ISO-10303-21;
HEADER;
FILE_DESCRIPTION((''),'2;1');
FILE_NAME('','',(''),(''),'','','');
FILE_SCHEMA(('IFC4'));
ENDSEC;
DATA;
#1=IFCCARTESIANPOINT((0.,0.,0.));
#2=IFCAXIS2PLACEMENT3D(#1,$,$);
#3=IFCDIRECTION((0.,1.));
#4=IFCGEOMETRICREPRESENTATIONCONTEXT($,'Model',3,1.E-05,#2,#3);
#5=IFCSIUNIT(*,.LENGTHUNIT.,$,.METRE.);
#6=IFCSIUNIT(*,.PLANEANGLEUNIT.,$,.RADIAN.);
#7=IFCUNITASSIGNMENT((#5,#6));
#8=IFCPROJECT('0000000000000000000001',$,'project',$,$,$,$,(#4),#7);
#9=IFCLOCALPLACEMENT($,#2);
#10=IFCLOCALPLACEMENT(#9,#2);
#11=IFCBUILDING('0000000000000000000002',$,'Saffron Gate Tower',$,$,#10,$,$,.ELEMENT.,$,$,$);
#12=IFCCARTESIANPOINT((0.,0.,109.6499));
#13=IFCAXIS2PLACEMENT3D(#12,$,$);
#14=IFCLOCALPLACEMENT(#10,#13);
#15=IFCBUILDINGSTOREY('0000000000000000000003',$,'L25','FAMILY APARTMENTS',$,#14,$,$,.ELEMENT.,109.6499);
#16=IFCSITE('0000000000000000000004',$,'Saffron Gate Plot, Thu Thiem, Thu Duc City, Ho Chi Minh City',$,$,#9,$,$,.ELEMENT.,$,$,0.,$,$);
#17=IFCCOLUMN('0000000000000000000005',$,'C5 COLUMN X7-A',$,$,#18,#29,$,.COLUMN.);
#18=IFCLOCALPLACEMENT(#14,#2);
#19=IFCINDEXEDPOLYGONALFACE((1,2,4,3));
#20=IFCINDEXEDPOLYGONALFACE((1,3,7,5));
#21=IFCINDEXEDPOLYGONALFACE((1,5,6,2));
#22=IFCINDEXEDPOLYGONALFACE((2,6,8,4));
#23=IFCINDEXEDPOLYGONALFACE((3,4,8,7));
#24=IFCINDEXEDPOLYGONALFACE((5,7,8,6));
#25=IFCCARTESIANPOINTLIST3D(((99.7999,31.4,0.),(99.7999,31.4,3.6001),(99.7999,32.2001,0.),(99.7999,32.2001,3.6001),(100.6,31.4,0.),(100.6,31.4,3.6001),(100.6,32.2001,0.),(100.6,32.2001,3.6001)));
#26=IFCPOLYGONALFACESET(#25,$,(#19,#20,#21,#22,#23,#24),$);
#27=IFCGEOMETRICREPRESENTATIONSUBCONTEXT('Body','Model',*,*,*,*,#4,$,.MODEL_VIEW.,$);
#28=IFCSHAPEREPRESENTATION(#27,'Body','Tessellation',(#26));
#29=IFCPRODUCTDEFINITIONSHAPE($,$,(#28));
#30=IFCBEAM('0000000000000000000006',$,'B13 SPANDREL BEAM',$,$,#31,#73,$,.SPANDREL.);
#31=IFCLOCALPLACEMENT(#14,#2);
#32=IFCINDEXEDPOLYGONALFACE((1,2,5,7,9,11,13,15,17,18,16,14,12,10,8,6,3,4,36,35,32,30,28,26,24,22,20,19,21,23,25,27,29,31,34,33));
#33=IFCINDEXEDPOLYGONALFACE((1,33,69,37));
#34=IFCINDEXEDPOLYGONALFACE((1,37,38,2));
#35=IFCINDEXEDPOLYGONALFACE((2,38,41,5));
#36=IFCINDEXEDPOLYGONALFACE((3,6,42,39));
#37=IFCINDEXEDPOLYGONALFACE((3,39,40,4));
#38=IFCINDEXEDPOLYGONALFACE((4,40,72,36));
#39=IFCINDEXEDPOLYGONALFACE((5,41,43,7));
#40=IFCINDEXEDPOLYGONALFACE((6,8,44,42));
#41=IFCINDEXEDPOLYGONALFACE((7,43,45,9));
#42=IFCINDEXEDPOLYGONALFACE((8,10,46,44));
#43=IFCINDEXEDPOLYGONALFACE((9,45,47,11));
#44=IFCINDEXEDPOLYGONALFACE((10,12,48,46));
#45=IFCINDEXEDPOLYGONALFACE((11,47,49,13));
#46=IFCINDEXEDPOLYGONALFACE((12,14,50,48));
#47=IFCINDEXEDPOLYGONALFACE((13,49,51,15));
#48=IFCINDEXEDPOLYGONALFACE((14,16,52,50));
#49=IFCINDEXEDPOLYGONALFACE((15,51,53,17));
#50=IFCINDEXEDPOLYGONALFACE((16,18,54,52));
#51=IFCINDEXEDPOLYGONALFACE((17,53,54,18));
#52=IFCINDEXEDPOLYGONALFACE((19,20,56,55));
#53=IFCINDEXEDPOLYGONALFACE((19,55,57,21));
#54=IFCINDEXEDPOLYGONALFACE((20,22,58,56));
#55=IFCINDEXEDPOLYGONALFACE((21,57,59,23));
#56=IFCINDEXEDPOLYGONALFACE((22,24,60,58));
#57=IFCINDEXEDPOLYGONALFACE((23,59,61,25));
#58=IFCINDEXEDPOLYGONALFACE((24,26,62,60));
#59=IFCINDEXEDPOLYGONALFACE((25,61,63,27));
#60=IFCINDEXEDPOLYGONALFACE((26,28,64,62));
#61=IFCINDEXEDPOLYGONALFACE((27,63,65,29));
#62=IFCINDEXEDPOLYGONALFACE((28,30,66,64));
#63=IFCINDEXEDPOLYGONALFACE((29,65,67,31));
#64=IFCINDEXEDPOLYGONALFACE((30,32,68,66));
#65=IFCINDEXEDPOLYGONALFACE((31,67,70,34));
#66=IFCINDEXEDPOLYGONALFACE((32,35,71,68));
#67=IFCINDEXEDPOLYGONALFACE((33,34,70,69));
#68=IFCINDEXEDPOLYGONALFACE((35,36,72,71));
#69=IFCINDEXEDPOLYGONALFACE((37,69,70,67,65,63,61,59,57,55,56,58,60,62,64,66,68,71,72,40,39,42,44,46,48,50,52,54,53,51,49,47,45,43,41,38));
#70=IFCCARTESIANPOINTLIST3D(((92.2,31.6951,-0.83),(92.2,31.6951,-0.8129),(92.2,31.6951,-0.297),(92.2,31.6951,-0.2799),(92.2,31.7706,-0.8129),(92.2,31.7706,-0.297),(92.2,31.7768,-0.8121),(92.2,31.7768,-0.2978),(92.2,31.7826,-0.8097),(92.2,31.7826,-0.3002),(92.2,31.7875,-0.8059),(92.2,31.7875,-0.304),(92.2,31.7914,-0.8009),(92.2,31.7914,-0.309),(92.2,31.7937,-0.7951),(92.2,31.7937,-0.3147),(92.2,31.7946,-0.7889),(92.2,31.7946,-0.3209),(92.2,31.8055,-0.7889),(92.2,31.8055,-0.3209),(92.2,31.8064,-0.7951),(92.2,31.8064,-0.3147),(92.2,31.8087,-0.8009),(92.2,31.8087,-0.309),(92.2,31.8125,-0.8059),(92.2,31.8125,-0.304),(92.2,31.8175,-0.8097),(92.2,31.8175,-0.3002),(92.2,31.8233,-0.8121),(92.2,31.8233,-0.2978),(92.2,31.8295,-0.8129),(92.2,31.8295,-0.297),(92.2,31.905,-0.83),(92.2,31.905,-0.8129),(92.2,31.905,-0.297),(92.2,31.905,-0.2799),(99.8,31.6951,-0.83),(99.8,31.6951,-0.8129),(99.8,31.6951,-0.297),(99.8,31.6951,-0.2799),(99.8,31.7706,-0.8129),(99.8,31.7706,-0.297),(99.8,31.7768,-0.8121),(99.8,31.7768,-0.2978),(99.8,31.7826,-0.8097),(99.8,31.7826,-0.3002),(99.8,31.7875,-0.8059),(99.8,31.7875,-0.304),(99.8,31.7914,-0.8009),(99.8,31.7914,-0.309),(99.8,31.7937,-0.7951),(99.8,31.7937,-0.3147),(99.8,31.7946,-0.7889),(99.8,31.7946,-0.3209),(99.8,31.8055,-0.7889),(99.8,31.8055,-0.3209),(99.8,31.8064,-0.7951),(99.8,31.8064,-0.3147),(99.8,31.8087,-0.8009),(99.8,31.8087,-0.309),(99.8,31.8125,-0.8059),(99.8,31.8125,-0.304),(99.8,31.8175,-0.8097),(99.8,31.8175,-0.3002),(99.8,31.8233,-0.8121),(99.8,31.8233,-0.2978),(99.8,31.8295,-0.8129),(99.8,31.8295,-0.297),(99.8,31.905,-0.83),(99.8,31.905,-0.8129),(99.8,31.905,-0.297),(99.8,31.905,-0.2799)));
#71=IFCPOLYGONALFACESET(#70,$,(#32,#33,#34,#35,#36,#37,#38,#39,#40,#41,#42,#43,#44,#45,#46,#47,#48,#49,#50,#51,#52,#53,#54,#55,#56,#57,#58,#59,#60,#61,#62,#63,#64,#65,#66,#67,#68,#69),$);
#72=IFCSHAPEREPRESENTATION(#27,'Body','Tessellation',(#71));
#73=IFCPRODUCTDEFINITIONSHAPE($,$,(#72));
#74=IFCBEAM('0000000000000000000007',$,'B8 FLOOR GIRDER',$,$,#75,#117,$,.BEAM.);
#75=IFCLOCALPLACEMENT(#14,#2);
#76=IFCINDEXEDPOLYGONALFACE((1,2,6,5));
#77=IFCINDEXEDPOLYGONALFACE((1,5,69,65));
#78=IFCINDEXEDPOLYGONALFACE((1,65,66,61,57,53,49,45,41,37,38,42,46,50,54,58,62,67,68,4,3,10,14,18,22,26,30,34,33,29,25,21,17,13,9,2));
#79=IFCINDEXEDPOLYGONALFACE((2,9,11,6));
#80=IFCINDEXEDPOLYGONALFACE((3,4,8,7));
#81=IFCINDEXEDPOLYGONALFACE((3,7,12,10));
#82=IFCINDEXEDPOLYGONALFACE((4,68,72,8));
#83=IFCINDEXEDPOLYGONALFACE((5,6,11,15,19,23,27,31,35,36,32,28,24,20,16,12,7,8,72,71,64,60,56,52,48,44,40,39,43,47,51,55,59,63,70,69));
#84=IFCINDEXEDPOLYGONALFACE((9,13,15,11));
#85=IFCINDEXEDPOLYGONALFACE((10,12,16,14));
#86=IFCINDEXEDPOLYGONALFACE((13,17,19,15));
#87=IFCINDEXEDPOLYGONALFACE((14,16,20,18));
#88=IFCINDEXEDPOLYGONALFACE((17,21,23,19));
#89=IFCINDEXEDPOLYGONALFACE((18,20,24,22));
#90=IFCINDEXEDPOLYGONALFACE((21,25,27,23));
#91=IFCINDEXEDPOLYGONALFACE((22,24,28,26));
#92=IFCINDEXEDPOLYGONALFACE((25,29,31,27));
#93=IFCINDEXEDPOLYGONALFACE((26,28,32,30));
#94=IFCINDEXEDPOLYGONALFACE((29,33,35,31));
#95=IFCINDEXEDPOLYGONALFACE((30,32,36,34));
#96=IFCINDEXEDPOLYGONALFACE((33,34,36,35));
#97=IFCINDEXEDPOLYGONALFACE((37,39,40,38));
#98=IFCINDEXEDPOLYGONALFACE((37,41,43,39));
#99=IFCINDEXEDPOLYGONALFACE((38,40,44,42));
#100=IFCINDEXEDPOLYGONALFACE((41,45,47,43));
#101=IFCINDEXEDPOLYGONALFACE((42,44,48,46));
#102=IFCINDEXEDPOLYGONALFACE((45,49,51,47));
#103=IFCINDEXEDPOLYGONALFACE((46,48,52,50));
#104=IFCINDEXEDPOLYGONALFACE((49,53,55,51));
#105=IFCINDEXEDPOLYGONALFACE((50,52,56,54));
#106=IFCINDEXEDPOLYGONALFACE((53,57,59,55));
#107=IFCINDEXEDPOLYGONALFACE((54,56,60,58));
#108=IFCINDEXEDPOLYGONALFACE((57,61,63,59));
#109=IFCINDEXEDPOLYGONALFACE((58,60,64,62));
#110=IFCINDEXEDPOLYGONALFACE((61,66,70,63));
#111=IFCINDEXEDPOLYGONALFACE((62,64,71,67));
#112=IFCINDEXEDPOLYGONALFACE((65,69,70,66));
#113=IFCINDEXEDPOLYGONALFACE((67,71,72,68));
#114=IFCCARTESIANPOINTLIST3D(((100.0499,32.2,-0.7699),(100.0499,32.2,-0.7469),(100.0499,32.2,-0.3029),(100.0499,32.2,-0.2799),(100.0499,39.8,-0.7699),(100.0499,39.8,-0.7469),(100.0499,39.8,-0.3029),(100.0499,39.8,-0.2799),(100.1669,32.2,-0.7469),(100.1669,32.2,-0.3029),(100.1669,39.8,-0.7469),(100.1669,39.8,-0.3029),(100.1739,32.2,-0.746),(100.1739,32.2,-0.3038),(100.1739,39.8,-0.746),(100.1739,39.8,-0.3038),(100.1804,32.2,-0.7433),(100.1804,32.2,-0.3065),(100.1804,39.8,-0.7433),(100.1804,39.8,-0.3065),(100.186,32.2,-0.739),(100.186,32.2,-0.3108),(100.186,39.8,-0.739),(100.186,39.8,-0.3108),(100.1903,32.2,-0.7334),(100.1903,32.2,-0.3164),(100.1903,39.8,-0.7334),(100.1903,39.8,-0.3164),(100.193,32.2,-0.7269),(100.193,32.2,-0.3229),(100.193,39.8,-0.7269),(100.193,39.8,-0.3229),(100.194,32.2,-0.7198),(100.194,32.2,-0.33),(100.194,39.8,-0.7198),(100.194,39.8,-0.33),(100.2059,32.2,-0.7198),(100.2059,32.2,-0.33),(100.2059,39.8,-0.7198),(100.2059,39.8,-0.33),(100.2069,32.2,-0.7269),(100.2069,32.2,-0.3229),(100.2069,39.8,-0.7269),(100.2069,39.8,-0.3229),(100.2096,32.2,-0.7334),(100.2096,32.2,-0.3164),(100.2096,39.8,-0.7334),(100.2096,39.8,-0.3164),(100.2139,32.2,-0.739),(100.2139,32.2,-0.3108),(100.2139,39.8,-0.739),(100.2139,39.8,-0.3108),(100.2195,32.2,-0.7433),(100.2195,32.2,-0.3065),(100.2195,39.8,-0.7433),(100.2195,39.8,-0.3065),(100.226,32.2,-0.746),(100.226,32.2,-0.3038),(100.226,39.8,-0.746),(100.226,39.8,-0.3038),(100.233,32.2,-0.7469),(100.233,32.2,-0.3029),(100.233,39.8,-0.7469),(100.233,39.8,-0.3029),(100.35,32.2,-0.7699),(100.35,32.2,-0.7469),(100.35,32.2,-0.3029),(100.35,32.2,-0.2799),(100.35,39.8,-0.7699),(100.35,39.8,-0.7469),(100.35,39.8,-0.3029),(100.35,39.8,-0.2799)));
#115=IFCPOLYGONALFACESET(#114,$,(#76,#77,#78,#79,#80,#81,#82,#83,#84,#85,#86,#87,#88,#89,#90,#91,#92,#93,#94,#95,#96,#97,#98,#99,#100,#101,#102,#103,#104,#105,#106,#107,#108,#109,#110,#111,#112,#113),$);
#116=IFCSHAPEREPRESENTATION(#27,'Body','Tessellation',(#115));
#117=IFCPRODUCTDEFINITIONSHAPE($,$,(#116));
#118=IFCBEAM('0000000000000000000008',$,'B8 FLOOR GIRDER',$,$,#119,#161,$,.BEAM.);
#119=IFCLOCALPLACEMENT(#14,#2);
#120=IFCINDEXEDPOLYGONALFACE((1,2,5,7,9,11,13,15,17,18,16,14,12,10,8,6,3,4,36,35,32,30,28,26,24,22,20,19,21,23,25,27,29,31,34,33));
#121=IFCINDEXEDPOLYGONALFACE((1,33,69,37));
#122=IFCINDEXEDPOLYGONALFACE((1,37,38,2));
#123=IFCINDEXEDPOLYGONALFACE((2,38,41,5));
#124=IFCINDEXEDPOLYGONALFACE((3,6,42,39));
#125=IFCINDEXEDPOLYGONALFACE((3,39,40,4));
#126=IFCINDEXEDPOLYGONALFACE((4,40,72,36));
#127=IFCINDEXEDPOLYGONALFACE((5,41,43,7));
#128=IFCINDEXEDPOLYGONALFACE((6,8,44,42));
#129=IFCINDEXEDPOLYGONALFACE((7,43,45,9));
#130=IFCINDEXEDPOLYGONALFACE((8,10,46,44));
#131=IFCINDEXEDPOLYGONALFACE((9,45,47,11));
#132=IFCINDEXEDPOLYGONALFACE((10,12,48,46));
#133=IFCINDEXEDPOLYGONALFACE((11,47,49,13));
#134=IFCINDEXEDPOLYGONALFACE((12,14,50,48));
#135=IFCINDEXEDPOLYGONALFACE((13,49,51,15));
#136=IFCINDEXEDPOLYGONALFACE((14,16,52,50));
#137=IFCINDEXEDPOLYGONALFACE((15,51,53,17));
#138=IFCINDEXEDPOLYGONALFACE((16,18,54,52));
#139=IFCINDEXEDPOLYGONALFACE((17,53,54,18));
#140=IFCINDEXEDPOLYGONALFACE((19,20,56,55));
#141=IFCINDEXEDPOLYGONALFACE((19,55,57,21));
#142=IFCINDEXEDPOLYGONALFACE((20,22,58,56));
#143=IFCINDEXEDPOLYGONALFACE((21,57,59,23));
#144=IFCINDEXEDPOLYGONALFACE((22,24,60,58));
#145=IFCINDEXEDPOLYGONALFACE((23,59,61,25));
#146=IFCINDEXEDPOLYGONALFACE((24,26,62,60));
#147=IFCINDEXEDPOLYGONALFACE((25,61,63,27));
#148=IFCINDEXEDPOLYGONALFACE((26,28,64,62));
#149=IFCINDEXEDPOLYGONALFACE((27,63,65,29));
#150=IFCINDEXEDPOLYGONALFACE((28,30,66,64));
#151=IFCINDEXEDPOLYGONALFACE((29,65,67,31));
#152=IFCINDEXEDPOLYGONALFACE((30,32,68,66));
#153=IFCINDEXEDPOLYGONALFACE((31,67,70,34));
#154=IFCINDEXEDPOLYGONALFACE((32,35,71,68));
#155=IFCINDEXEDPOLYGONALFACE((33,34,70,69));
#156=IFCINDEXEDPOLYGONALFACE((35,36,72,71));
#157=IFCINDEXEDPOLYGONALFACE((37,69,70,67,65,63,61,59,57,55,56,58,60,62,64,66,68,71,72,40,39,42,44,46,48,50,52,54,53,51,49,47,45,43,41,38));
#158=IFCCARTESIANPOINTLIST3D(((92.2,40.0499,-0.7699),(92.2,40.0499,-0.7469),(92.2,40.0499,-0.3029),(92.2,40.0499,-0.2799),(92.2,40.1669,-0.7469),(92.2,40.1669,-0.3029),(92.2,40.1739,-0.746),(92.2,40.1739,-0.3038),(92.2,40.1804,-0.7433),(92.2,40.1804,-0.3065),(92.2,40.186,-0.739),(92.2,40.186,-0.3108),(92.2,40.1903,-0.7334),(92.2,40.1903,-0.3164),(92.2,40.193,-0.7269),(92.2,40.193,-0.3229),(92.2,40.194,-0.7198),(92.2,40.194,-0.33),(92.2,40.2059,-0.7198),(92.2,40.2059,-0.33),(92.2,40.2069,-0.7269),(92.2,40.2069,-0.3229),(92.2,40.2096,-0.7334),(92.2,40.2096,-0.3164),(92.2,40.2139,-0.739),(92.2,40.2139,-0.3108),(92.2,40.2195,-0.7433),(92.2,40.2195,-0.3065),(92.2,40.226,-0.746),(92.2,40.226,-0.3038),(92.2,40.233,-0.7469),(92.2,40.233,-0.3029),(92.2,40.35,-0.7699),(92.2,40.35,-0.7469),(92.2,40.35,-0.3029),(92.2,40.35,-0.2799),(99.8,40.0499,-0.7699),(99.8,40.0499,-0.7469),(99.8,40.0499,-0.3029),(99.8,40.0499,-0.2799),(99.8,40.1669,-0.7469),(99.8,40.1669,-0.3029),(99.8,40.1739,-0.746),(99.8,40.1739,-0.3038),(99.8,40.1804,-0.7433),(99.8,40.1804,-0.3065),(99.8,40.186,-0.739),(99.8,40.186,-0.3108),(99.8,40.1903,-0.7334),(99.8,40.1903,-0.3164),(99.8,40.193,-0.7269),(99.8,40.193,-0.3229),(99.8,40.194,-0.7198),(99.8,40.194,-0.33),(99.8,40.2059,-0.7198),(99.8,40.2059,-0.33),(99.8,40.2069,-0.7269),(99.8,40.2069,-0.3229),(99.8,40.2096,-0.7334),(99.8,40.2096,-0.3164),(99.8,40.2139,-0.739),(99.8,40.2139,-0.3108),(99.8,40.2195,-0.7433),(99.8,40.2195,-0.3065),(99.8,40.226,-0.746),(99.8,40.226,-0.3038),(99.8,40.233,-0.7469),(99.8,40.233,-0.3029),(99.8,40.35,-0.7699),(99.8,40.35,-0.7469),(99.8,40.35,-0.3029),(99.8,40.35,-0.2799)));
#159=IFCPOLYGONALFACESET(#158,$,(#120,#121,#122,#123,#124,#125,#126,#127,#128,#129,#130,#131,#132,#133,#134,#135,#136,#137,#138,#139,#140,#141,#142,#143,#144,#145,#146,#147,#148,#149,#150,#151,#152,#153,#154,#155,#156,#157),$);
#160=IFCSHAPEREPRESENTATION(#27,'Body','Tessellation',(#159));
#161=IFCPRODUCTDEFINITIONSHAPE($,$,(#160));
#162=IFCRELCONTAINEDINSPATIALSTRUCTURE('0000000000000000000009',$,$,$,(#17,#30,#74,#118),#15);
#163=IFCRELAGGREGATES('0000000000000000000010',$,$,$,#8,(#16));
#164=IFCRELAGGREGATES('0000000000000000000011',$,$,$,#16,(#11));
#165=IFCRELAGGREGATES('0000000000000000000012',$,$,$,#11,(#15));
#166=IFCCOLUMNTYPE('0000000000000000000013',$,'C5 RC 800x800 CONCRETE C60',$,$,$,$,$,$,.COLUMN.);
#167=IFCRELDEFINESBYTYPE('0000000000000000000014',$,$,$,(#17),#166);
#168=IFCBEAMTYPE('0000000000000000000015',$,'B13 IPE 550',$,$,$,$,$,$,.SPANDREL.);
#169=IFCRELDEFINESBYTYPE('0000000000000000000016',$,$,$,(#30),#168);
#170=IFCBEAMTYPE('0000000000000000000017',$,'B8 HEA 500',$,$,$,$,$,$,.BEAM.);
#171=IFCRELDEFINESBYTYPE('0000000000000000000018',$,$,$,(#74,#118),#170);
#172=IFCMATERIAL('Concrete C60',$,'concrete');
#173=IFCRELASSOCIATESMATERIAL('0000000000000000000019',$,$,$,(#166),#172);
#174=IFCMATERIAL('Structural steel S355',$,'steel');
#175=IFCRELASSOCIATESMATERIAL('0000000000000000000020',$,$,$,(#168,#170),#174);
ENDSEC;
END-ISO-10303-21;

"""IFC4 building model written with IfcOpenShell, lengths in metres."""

from ifc_helpers import new_model, si_unit, direction, frame, origin, origin_2d, place, context, subcontext, project, spatial, rectangle, i_section, extrude, material, material_profile, profile_set, type_object, element, save


model = new_model("IFC4")

# Units and contexts
model_context = context("Model", 3, precision=1e-05, world=origin(), true_north=direction((0.0, 1.0)))
body_context = subcontext(model_context, "Body", "Model", "MODEL_VIEW")
ifc_project = project(units=[si_unit("LENGTHUNIT", "METRE"), si_unit("PLANEANGLEUNIT", "RADIAN")], contexts=[model_context])

# Site, building, storey
site_placement = place(None, origin())
site = spatial("IfcSite", under=ifc_project, at=site_placement, Name="Saffron Gate Plot, Thu Thiem, Thu Duc City, Ho Chi Minh City", CompositionType="ELEMENT", RefElevation=0.0)
building_placement = place(site_placement, origin())
building = spatial("IfcBuilding", under=site, at=building_placement, Name="Saffron Gate Tower", CompositionType="ELEMENT")
storey_placement = place(building_placement, frame((0.0, 0.0, 109.6499)))
storey = spatial("IfcBuildingStorey", under=building, at=storey_placement, Name="L25", Description="FAMILY APARTMENTS", CompositionType="ELEMENT", Elevation=109.6499)

# Column
ifc_material_1 = material(Name="Concrete C60", Category="concrete")
ifc_material_profile_1 = material_profile(ifc_material_1, rectangle(XDim=0.8, YDim=0.8, at=origin_2d()))
ifc_profile_set_1 = profile_set([ifc_material_profile_1], Name="Concrete C60")
column_type = type_object("IfcColumnType", Name="C5 RC 800x800 CONCRETE C60", PredefinedType="COLUMN", material=ifc_profile_set_1)
column_placement = place(storey_placement, frame((100.2, 31.8, 0.0), z_axis=(0.0, 0.0, 1.0), x_axis=(1.0, 0.0, 0.0)))
element("IfcColumn", 1, at=column_placement, inside=storey, type_object=column_type, Name="C5 COLUMN X7-A", PredefinedType="COLUMN", context=body_context, shape_type="SweptSolid", body=[
    extrude(rectangle(XDim=0.8, YDim=0.8, at=origin_2d()), origin(), (0.0, 0.0, 1.0), 3.6001),
])

# Beams
ifc_material_2 = material(Name="Structural steel S355", Category="steel")
ifc_material_profile_2 = material_profile(ifc_material_2, i_section(OverallWidth=0.21, OverallDepth=0.55, WebThickness=0.011, FlangeThickness=0.0171, FilletRadius=0.0239, at=origin_2d()))
ifc_profile_set_2 = profile_set([ifc_material_profile_2], Name="Structural steel S355")
beam_type_1 = type_object("IfcBeamType", Name="B13 IPE 550", PredefinedType="SPANDREL", material=ifc_profile_set_2)
beam_placement = place(storey_placement, frame((92.2, 31.8, -0.5549), z_axis=(1.0, 0.0, 0.0), x_axis=(0.0, 1.0, 0.0)))
element("IfcBeam", 2, at=beam_placement, inside=storey, type_object=beam_type_1, Name="B13 SPANDREL BEAM", PredefinedType="SPANDREL", context=body_context, shape_type="SweptSolid", body=[
    extrude(i_section(OverallWidth=0.21, OverallDepth=0.55, WebThickness=0.011, FlangeThickness=0.0171, FilletRadius=0.0239, at=origin_2d()), origin(), (0.0, 0.0, 1.0), 7.6001),
])
ifc_material_profile_3 = material_profile(ifc_material_2, i_section(OverallWidth=0.3, OverallDepth=0.49, WebThickness=0.012, FlangeThickness=0.0229, FilletRadius=0.0271, at=origin_2d()))
ifc_profile_set_3 = profile_set([ifc_material_profile_3], Name="Structural steel S355")
beam_type_2 = type_object("IfcBeamType", Name="B8 HEA 500", PredefinedType="BEAM", material=ifc_profile_set_3)
for number, where, z_axis, x_axis, name in (
    (3, (100.2, 32.2, -0.5249), (0.0, 1.0, 0.0), (-1.0, 0.0, 0.0), "B8 FLOOR GIRDER"),
    (4, (92.2, 40.2, -0.5249), (1.0, 0.0, 0.0), (0.0, 1.0, 0.0), "B8 FLOOR GIRDER"),
):
    element("IfcBeam", number, at=place(storey_placement, frame(where, z_axis=z_axis, x_axis=x_axis)), inside=storey, type_object=beam_type_2, Name=name, PredefinedType="BEAM", context=body_context, shape_type="SweptSolid", body=[
        extrude(i_section(OverallWidth=0.3, OverallDepth=0.49, WebThickness=0.012, FlangeThickness=0.0229, FilletRadius=0.0271, at=origin_2d()), origin(), (0.0, 0.0, 1.0), 7.6001),
    ])

save(model, "model.ifc")
